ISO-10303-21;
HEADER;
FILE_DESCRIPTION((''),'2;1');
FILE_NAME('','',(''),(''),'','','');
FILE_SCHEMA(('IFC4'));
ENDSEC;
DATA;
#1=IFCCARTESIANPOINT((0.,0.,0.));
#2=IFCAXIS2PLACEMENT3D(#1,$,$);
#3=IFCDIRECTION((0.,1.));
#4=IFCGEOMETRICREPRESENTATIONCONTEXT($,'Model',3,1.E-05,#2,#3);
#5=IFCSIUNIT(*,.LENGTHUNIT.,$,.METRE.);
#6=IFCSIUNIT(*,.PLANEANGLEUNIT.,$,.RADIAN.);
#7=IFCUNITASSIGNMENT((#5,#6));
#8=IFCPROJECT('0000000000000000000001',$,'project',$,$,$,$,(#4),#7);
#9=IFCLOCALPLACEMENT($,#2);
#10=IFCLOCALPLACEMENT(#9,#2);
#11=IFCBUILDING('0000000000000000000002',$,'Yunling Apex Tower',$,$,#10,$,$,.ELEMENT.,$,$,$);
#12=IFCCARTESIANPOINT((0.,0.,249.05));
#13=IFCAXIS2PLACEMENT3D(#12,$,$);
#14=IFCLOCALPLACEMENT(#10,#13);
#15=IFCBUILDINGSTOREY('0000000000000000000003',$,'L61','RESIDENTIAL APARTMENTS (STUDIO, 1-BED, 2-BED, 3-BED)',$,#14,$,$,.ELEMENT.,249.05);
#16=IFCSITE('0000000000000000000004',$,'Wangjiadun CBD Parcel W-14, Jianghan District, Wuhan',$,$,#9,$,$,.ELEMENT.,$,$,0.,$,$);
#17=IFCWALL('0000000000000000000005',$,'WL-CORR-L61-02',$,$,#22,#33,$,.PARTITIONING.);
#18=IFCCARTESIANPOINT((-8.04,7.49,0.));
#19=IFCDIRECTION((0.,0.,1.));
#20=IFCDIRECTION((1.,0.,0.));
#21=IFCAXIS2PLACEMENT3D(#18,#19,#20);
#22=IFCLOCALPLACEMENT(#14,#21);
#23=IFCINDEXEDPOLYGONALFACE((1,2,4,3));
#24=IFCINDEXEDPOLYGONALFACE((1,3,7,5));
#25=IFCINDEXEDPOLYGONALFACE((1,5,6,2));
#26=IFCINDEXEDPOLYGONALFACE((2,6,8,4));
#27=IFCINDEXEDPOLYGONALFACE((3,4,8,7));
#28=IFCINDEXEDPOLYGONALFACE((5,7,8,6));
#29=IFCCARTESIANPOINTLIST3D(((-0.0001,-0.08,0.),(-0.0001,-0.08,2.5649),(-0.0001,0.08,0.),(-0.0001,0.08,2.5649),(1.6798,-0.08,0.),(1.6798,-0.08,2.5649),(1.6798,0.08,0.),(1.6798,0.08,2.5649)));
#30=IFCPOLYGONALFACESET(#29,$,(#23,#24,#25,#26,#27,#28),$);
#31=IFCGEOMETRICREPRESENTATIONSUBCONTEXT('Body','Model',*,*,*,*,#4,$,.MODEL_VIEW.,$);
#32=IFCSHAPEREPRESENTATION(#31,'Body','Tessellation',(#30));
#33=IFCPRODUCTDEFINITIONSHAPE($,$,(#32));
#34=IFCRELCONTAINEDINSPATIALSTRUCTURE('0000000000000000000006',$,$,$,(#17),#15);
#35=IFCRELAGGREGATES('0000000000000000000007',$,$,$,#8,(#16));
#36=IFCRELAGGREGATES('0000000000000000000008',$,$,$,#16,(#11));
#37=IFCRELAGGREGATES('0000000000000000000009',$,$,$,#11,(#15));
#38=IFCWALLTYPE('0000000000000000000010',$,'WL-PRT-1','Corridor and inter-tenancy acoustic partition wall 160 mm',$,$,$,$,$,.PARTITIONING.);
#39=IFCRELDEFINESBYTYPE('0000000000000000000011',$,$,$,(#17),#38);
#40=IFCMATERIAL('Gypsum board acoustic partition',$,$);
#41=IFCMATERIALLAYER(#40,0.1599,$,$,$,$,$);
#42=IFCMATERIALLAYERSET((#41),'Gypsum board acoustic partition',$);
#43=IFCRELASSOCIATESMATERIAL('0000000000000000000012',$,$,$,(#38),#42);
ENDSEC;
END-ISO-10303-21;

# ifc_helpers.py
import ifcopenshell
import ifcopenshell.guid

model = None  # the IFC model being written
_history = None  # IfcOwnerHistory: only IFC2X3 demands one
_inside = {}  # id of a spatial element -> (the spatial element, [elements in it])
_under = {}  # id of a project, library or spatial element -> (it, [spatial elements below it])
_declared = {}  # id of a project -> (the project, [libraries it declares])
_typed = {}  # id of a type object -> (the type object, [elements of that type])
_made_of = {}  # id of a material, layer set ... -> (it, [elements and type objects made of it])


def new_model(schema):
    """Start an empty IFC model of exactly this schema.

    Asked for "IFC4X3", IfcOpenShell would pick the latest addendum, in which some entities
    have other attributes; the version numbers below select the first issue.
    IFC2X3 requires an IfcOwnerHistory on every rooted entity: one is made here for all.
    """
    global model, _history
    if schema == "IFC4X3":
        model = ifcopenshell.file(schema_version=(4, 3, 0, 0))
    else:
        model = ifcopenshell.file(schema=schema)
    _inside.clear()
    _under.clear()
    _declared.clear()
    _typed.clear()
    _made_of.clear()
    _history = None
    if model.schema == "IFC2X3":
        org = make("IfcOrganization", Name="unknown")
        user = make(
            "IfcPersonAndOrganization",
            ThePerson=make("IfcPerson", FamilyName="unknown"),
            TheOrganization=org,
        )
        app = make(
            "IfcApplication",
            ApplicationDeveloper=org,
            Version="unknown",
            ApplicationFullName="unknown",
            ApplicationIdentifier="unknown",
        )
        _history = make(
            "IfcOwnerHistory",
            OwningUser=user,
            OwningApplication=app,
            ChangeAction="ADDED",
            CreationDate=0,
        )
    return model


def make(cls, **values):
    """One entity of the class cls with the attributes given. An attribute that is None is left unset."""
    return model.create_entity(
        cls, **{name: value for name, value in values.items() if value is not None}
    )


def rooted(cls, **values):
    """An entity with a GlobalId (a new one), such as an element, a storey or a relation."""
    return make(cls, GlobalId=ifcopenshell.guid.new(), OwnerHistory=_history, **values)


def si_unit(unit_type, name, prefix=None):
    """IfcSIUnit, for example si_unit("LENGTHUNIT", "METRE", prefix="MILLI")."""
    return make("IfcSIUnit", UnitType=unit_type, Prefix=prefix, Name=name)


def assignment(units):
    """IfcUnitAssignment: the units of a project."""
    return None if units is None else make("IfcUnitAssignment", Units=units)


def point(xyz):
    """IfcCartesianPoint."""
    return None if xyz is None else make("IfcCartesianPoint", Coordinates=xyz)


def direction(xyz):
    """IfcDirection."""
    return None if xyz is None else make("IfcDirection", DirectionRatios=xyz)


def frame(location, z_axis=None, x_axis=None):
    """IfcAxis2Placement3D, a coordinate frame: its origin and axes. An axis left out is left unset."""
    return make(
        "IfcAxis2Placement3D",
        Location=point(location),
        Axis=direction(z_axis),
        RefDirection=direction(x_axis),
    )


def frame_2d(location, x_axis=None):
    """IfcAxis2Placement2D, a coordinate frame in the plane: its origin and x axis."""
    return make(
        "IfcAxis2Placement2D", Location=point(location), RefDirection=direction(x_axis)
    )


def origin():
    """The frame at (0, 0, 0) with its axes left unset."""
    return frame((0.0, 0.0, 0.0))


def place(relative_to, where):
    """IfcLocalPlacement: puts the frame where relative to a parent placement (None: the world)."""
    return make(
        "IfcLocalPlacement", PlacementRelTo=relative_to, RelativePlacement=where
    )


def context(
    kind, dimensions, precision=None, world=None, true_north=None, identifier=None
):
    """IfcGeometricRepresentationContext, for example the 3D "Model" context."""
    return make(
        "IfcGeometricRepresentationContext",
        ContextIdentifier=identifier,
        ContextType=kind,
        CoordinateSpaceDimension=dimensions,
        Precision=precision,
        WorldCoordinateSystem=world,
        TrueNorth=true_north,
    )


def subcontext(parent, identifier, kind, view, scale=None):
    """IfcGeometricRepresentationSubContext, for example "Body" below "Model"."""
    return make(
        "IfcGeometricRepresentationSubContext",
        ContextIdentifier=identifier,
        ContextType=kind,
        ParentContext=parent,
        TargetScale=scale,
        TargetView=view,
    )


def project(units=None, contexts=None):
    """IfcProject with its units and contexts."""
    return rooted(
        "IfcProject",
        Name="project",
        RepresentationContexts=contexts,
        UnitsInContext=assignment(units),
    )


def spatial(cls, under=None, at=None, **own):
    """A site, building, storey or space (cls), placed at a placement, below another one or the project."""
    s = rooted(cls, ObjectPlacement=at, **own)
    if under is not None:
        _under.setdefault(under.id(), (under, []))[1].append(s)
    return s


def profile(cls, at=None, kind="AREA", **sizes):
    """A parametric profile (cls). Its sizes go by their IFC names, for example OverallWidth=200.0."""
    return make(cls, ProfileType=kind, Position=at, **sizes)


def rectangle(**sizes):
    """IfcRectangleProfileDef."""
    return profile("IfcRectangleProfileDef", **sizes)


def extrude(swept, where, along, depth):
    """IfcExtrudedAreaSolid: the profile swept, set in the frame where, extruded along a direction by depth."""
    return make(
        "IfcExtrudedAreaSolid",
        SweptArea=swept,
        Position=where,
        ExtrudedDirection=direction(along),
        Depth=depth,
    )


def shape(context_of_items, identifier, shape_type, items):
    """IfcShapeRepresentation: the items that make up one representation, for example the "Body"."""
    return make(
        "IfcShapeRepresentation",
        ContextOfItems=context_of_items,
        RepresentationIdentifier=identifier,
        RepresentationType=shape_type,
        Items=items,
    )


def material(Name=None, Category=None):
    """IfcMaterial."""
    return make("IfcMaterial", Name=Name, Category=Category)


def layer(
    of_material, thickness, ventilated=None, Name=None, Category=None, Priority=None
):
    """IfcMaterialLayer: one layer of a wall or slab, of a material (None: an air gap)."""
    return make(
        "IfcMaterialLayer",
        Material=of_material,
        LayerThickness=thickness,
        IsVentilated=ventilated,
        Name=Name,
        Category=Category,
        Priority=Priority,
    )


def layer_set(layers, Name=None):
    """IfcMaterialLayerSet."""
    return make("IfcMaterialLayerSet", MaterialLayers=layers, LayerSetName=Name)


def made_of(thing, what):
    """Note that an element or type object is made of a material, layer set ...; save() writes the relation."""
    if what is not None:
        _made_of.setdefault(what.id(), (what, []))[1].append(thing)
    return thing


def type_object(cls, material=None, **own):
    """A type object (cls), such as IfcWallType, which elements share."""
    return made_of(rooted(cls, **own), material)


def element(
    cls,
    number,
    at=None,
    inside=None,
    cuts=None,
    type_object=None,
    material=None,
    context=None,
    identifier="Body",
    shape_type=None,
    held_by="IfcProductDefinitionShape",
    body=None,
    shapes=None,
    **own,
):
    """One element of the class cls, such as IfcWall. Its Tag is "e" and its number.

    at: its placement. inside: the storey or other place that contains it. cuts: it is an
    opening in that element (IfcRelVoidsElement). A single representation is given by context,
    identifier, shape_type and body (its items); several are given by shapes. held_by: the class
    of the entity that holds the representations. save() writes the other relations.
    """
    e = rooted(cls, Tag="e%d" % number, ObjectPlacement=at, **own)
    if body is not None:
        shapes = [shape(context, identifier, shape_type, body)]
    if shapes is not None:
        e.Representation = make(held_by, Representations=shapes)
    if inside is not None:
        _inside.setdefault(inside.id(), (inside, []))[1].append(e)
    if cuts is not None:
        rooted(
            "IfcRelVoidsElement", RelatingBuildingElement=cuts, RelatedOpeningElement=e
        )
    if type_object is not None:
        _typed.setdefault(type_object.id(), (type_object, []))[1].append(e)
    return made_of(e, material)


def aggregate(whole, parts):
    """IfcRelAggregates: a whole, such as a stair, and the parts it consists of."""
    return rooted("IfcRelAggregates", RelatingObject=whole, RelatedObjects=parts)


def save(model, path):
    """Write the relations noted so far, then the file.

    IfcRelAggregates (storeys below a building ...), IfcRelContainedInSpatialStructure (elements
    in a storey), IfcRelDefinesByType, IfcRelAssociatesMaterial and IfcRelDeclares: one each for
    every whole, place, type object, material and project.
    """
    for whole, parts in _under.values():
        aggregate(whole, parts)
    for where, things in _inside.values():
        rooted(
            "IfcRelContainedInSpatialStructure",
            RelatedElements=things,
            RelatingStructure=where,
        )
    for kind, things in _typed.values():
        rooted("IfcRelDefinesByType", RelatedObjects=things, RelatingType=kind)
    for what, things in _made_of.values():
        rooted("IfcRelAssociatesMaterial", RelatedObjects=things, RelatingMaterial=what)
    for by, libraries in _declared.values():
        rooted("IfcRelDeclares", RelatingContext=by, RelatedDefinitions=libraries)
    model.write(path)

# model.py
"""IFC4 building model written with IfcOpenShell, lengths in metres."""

from ifc_helpers import new_model, si_unit, direction, frame, frame_2d, origin, place, context, subcontext, project, spatial, rectangle, extrude, material, layer, layer_set, type_object, element, save


model = new_model("IFC4")

# Units and contexts
model_context = context("Model", 3, precision=1e-05, world=origin(), true_north=direction((0.0, 1.0)))
body_context = subcontext(model_context, "Body", "Model", "MODEL_VIEW")
ifc_project = project(units=[si_unit("LENGTHUNIT", "METRE"), si_unit("PLANEANGLEUNIT", "RADIAN")], contexts=[model_context])

# Site, building, storey
site_placement = place(None, origin())
site = spatial("IfcSite", under=ifc_project, at=site_placement, Name="Wangjiadun CBD Parcel W-14, Jianghan District, Wuhan", CompositionType="ELEMENT", RefElevation=0.0)
building_placement = place(site_placement, origin())
building = spatial("IfcBuilding", under=site, at=building_placement, Name="Yunling Apex Tower", CompositionType="ELEMENT")
storey_placement = place(building_placement, frame((0.0, 0.0, 249.05)))
storey = spatial("IfcBuildingStorey", under=building, at=storey_placement, Name="L61", Description="RESIDENTIAL APARTMENTS (STUDIO, 1-BED, 2-BED, 3-BED)", CompositionType="ELEMENT", Elevation=249.05)

# Shared definitions
ifc_material_1 = material(Name="Gypsum board acoustic partition")
ifc_layer_1 = layer(ifc_material_1, 0.1599)
ifc_layer_set_1 = layer_set([ifc_layer_1], Name="Gypsum board acoustic partition")
wall_type_1 = type_object("IfcWallType", Name="WL-PRT-1", Description="Corridor and inter-tenancy acoustic partition wall 160 mm", PredefinedType="PARTITIONING", material=ifc_layer_set_1)

# Wall
wall_1_placement = place(storey_placement, frame((-8.04, 7.49, 0.0), z_axis=(0.0, 0.0, 1.0), x_axis=(1.0, 0.0, 0.0)))
element("IfcWall", 1, at=wall_1_placement, inside=storey, type_object=wall_type_1, Name="WL-CORR-L61-02", PredefinedType="PARTITIONING", context=body_context, shape_type="SweptSolid", body=[
    extrude(rectangle(XDim=1.6799, YDim=0.1599, at=frame_2d((0.8398, 0.0))), origin(), (0.0, 0.0, 1.0), 2.5649),
])

save(model, "model.ifc")
